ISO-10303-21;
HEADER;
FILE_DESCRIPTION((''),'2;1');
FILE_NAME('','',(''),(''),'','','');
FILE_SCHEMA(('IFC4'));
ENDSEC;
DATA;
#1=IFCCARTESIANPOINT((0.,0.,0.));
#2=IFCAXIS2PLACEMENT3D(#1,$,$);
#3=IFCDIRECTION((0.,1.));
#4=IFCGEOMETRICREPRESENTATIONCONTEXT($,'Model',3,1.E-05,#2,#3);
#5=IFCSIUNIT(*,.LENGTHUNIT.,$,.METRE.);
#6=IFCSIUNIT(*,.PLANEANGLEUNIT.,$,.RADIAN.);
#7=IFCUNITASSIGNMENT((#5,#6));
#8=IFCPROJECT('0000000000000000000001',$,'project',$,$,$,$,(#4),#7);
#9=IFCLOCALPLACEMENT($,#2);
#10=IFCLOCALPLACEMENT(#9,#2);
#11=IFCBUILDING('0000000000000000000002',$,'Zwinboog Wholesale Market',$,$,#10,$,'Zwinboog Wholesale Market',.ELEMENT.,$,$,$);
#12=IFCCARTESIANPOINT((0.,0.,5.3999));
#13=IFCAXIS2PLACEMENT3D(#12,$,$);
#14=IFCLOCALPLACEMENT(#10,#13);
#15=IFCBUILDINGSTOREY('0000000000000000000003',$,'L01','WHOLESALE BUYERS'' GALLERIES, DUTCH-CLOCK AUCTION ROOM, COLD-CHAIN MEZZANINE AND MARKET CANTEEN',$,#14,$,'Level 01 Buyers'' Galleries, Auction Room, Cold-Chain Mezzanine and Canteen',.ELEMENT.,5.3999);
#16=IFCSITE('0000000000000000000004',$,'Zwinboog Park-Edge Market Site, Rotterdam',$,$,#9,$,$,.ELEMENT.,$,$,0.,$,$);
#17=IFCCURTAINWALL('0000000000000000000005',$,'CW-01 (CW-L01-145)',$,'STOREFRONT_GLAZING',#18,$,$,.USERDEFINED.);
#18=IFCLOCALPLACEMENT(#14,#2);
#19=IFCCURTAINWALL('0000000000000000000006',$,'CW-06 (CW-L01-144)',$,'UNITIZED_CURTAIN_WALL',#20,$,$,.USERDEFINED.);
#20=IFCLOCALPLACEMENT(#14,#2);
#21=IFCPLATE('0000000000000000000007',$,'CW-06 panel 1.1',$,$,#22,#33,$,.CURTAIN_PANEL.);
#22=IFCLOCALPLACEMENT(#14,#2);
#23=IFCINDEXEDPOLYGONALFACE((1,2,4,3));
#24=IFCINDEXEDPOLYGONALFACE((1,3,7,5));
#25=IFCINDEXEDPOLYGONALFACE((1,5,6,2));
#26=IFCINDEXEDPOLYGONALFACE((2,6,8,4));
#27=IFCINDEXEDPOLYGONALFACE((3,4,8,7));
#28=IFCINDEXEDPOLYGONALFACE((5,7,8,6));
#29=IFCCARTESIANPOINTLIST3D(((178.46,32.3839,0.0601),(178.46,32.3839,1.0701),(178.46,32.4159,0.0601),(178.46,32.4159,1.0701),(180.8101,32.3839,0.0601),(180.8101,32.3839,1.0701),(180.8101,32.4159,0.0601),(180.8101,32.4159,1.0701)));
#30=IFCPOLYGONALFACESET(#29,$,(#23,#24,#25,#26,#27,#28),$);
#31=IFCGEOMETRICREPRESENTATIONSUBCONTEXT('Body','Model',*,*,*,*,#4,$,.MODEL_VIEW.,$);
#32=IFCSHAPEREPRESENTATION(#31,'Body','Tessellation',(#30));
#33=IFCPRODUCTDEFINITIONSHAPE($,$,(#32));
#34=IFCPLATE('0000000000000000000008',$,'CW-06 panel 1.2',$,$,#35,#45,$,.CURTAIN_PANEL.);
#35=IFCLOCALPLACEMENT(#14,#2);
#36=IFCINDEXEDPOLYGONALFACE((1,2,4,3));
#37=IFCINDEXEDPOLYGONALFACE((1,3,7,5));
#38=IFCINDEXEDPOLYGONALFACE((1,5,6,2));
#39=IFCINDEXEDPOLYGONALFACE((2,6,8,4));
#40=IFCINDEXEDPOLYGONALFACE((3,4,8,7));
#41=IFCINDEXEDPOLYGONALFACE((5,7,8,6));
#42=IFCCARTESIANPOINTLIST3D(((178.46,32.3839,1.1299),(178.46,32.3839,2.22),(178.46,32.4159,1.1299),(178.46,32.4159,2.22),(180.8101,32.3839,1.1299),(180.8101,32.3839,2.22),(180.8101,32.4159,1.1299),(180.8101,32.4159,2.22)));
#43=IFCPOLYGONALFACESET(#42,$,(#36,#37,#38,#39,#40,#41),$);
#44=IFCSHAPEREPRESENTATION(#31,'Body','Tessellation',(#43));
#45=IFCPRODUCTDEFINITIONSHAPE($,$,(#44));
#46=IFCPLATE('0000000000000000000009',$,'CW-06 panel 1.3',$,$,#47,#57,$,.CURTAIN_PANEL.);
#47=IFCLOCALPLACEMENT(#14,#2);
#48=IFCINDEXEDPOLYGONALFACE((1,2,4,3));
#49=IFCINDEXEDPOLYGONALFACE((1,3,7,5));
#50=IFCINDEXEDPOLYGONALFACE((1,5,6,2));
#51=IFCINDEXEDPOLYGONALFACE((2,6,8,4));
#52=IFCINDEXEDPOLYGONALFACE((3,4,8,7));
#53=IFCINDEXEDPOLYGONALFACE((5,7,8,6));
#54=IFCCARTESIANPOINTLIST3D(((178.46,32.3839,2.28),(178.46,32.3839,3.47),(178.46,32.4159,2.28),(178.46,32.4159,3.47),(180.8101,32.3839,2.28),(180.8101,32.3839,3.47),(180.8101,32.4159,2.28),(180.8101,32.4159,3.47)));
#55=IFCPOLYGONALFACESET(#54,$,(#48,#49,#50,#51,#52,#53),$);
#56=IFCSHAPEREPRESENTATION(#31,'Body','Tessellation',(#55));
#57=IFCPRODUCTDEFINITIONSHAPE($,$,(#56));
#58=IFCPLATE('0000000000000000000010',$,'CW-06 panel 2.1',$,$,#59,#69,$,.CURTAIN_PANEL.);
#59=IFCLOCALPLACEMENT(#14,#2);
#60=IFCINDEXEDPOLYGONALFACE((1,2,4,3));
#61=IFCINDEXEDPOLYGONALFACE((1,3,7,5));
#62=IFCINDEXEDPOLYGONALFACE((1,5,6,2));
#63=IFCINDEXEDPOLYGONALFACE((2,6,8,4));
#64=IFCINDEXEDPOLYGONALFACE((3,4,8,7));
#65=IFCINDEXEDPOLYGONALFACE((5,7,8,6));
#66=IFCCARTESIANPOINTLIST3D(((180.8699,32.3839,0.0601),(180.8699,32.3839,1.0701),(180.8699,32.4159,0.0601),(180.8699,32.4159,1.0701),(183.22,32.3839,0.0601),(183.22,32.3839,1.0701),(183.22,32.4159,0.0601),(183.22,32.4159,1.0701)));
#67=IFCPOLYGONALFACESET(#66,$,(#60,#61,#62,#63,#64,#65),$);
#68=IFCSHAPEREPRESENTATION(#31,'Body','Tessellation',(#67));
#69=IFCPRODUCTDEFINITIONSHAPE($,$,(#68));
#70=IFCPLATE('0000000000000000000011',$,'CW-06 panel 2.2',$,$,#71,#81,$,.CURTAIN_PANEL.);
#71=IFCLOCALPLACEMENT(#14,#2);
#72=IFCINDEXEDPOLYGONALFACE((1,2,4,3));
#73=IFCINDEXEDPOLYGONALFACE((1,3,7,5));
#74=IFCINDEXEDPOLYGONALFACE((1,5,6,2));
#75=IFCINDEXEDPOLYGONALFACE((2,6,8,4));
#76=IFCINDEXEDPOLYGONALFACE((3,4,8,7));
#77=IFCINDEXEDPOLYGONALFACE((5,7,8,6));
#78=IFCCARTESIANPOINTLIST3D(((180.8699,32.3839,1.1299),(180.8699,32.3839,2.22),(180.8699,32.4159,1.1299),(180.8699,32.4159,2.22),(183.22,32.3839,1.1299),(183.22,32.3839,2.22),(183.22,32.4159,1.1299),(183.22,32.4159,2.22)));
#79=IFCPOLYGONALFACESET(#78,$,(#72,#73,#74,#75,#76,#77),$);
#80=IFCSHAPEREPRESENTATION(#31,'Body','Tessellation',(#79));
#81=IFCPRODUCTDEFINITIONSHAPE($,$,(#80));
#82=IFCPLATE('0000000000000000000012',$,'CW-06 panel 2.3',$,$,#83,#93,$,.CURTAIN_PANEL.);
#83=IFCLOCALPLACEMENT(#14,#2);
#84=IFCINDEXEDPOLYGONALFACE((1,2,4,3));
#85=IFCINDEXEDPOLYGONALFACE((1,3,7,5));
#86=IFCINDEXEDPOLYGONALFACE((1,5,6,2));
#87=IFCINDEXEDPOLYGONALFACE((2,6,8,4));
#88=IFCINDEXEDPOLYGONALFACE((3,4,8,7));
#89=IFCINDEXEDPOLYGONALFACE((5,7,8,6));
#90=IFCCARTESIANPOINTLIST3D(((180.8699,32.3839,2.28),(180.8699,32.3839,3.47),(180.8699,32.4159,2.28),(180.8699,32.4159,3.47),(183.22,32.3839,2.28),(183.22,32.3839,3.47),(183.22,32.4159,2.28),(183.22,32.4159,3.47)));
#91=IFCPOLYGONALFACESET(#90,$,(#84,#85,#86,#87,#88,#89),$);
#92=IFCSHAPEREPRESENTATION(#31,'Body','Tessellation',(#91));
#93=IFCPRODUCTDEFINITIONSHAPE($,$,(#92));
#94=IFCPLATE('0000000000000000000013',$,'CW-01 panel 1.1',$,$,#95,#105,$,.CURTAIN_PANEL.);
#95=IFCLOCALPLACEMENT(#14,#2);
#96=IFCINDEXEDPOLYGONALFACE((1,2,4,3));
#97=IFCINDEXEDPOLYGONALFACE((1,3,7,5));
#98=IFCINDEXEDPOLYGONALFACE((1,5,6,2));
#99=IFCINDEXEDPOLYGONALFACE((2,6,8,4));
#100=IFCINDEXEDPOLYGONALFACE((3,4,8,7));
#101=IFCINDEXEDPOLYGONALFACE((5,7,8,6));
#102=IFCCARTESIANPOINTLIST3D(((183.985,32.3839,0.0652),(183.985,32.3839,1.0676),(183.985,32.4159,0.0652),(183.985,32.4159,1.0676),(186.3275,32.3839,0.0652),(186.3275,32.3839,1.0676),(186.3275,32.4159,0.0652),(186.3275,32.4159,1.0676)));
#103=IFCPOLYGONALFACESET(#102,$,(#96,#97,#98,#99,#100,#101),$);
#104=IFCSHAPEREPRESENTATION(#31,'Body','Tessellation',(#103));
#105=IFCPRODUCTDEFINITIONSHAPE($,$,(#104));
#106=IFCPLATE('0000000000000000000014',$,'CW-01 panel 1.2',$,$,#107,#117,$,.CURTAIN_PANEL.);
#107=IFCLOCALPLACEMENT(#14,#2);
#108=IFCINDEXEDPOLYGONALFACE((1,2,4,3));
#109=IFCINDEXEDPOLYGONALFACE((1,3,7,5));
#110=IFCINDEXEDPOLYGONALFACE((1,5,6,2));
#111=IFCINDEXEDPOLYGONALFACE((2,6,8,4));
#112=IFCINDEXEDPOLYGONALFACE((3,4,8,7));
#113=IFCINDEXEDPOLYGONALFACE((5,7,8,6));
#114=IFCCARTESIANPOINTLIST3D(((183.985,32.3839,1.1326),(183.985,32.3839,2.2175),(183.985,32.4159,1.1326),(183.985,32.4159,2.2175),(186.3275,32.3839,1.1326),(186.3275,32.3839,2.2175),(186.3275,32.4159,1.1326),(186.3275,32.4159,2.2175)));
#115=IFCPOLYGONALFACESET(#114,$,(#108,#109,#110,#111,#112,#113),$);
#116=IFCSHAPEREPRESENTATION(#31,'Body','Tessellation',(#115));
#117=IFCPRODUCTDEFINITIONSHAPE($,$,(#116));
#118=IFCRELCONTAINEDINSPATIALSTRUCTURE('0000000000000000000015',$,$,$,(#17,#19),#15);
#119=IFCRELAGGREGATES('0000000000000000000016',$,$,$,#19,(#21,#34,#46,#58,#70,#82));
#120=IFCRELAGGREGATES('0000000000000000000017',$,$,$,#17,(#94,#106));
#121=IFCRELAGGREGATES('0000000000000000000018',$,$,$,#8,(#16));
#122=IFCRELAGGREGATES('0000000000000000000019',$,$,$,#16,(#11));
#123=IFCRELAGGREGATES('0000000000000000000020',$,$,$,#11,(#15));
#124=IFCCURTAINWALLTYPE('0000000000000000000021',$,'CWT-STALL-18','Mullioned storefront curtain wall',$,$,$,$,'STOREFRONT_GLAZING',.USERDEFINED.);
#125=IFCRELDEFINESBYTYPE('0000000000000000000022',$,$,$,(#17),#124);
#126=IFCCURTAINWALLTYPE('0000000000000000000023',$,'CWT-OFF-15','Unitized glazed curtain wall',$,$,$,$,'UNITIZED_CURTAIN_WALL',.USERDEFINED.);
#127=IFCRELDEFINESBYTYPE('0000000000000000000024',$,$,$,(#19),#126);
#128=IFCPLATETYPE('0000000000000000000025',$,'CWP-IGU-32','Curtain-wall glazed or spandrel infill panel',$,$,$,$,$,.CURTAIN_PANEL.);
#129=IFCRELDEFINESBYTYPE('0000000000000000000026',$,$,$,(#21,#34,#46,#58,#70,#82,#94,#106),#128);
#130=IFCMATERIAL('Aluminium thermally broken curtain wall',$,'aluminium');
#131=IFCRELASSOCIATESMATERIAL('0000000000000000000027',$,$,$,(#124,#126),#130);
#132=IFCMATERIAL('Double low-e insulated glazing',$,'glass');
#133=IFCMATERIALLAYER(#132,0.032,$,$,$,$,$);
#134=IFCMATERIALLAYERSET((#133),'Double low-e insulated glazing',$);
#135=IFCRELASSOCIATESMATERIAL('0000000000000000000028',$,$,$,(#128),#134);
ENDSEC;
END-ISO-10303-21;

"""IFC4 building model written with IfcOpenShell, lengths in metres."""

from ifc_helpers import new_model, si_unit, direction, frame, origin, origin_2d, place, context, subcontext, project, spatial, rectangle, extrude, material, layer, layer_set, type_object, element, aggregate, save


model = new_model("IFC4")

# Units and contexts
model_context = context("Model", 3, precision=1e-05, world=origin(), true_north=direction((0.0, 1.0)))
body_context = subcontext(model_context, "Body", "Model", "MODEL_VIEW")
ifc_project = project(units=[si_unit("LENGTHUNIT", "METRE"), si_unit("PLANEANGLEUNIT", "RADIAN")], contexts=[model_context])

# Site, building, storey
site_placement = place(None, origin())
site = spatial("IfcSite", under=ifc_project, at=site_placement, Name="Zwinboog Park-Edge Market Site, Rotterdam", CompositionType="ELEMENT", RefElevation=0.0)
building_placement = place(site_placement, origin())
building = spatial("IfcBuilding", under=site, at=building_placement, Name="Zwinboog Wholesale Market", LongName="Zwinboog Wholesale Market", CompositionType="ELEMENT")
storey_placement = place(building_placement, frame((0.0, 0.0, 5.3999)))
storey = spatial("IfcBuildingStorey", under=building, at=storey_placement, Name="L01", Description="WHOLESALE BUYERS' GALLERIES, DUTCH-CLOCK AUCTION ROOM, COLD-CHAIN MEZZANINE AND MARKET CANTEEN", LongName="Level 01 Buyers' Galleries, Auction Room, Cold-Chain Mezzanine and Canteen", CompositionType="ELEMENT", Elevation=5.3999)

# Curtain wall
ifc_material_1 = material(Name="Aluminium thermally broken curtain wall", Category="aluminium")
curtain_wall_type_1 = type_object("IfcCurtainWallType", Name="CWT-STALL-18", Description="Mullioned storefront curtain wall", ElementType="STOREFRONT_GLAZING", PredefinedType="USERDEFINED", material=ifc_material_1)
curtain_wall_1_placement = place(storey_placement, origin())
curtain_wall_1 = element("IfcCurtainWall", 1, at=curtain_wall_1_placement, inside=storey, type_object=curtain_wall_type_1, Name="CW-01 (CW-L01-145)", ObjectType="STOREFRONT_GLAZING", PredefinedType="USERDEFINED")

# Curtain wall
curtain_wall_type_2 = type_object("IfcCurtainWallType", Name="CWT-OFF-15", Description="Unitized glazed curtain wall", ElementType="UNITIZED_CURTAIN_WALL", PredefinedType="USERDEFINED", material=ifc_material_1)
curtain_wall_2_placement = place(storey_placement, origin())
curtain_wall_2 = element("IfcCurtainWall", 2, at=curtain_wall_2_placement, inside=storey, type_object=curtain_wall_type_2, Name="CW-06 (CW-L01-144)", ObjectType="UNITIZED_CURTAIN_WALL", PredefinedType="USERDEFINED")

# Plates
ifc_material_2 = material(Name="Double low-e insulated glazing", Category="glass")
ifc_layer = layer(ifc_material_2, 0.032)
ifc_layer_set = layer_set([ifc_layer], Name="Double low-e insulated glazing")
plate_type = type_object("IfcPlateType", Name="CWP-IGU-32", Description="Curtain-wall glazed or spandrel infill panel", PredefinedType="CURTAIN_PANEL", material=ifc_layer_set)
plate_1_placement = place(storey_placement, frame((179.635, 32.3999, 0.0601), z_axis=(0.0, 0.0, 1.0), x_axis=(1.0, 0.0, 0.0)))
plate_1 = element("IfcPlate", 3, at=plate_1_placement, type_object=plate_type, Name="CW-06 panel 1.1", PredefinedType="CURTAIN_PANEL", context=body_context, shape_type="SweptSolid", body=[
    extrude(rectangle(XDim=2.3501, YDim=0.032, at=origin_2d()), origin(), (0.0, 0.0, 1.0), 1.01),
])
plate_2_placement = place(storey_placement, frame((179.635, 32.3999, 1.1299), z_axis=(0.0, 0.0, 1.0), x_axis=(1.0, 0.0, 0.0)))
plate_2 = element("IfcPlate", 4, at=plate_2_placement, type_object=plate_type, Name="CW-06 panel 1.2", PredefinedType="CURTAIN_PANEL", context=body_context, shape_type="SweptSolid", body=[
    extrude(rectangle(XDim=2.3501, YDim=0.032, at=origin_2d()), origin(), (0.0, 0.0, 1.0), 1.0901),
])
plate_3_placement = place(storey_placement, frame((179.635, 32.3999, 2.28), z_axis=(0.0, 0.0, 1.0), x_axis=(1.0, 0.0, 0.0)))
plate_3 = element("IfcPlate", 5, at=plate_3_placement, type_object=plate_type, Name="CW-06 panel 1.3", PredefinedType="CURTAIN_PANEL", context=body_context, shape_type="SweptSolid", body=[
    extrude(rectangle(XDim=2.3501, YDim=0.032, at=origin_2d()), origin(), (0.0, 0.0, 1.0), 1.1899),
])
plate_4_placement = place(storey_placement, frame((182.0449, 32.3999, 0.0601), z_axis=(0.0, 0.0, 1.0), x_axis=(1.0, 0.0, 0.0)))
plate_4 = element("IfcPlate", 6, at=plate_4_placement, type_object=plate_type, Name="CW-06 panel 2.1", PredefinedType="CURTAIN_PANEL", context=body_context, shape_type="SweptSolid", body=[
    extrude(rectangle(XDim=2.3501, YDim=0.032, at=origin_2d()), origin(), (0.0, 0.0, 1.0), 1.01),
])
plate_5_placement = place(storey_placement, frame((182.0449, 32.3999, 1.1299), z_axis=(0.0, 0.0, 1.0), x_axis=(1.0, 0.0, 0.0)))
plate_5 = element("IfcPlate", 7, at=plate_5_placement, type_object=plate_type, Name="CW-06 panel 2.2", PredefinedType="CURTAIN_PANEL", context=body_context, shape_type="SweptSolid", body=[
    extrude(rectangle(XDim=2.3501, YDim=0.032, at=origin_2d()), origin(), (0.0, 0.0, 1.0), 1.0901),
])
plate_6_placement = place(storey_placement, frame((182.0449, 32.3999, 2.28), z_axis=(0.0, 0.0, 1.0), x_axis=(1.0, 0.0, 0.0)))
plate_6 = element("IfcPlate", 8, at=plate_6_placement, type_object=plate_type, Name="CW-06 panel 2.3", PredefinedType="CURTAIN_PANEL", context=body_context, shape_type="SweptSolid", body=[
    extrude(rectangle(XDim=2.3501, YDim=0.032, at=origin_2d()), origin(), (0.0, 0.0, 1.0), 1.1899),
])
aggregate(curtain_wall_2, [plate_1, plate_2, plate_3, plate_4, plate_5, plate_6])
plate_7_placement = place(storey_placement, frame((185.1562, 32.3999, 0.0652), z_axis=(0.0, 0.0, 1.0), x_axis=(1.0, 0.0, 0.0)))
plate_7 = element("IfcPlate", 9, at=plate_7_placement, type_object=plate_type, Name="CW-01 panel 1.1", PredefinedType="CURTAIN_PANEL", context=body_context, shape_type="SweptSolid", body=[
    extrude(rectangle(XDim=2.3425, YDim=0.032, at=origin_2d()), origin(), (0.0, 0.0, 1.0), 1.0024),
])
plate_8_placement = place(storey_placement, frame((185.1562, 32.3999, 1.1326), z_axis=(0.0, 0.0, 1.0), x_axis=(1.0, 0.0, 0.0)))
plate_8 = element("IfcPlate", 10, at=plate_8_placement, type_object=plate_type, Name="CW-01 panel 1.2", PredefinedType="CURTAIN_PANEL", context=body_context, shape_type="SweptSolid", body=[
    extrude(rectangle(XDim=2.3425, YDim=0.032, at=origin_2d()), origin(), (0.0, 0.0, 1.0), 1.085),
])
aggregate(curtain_wall_1, [plate_7, plate_8])

save(model, "model.ifc")
